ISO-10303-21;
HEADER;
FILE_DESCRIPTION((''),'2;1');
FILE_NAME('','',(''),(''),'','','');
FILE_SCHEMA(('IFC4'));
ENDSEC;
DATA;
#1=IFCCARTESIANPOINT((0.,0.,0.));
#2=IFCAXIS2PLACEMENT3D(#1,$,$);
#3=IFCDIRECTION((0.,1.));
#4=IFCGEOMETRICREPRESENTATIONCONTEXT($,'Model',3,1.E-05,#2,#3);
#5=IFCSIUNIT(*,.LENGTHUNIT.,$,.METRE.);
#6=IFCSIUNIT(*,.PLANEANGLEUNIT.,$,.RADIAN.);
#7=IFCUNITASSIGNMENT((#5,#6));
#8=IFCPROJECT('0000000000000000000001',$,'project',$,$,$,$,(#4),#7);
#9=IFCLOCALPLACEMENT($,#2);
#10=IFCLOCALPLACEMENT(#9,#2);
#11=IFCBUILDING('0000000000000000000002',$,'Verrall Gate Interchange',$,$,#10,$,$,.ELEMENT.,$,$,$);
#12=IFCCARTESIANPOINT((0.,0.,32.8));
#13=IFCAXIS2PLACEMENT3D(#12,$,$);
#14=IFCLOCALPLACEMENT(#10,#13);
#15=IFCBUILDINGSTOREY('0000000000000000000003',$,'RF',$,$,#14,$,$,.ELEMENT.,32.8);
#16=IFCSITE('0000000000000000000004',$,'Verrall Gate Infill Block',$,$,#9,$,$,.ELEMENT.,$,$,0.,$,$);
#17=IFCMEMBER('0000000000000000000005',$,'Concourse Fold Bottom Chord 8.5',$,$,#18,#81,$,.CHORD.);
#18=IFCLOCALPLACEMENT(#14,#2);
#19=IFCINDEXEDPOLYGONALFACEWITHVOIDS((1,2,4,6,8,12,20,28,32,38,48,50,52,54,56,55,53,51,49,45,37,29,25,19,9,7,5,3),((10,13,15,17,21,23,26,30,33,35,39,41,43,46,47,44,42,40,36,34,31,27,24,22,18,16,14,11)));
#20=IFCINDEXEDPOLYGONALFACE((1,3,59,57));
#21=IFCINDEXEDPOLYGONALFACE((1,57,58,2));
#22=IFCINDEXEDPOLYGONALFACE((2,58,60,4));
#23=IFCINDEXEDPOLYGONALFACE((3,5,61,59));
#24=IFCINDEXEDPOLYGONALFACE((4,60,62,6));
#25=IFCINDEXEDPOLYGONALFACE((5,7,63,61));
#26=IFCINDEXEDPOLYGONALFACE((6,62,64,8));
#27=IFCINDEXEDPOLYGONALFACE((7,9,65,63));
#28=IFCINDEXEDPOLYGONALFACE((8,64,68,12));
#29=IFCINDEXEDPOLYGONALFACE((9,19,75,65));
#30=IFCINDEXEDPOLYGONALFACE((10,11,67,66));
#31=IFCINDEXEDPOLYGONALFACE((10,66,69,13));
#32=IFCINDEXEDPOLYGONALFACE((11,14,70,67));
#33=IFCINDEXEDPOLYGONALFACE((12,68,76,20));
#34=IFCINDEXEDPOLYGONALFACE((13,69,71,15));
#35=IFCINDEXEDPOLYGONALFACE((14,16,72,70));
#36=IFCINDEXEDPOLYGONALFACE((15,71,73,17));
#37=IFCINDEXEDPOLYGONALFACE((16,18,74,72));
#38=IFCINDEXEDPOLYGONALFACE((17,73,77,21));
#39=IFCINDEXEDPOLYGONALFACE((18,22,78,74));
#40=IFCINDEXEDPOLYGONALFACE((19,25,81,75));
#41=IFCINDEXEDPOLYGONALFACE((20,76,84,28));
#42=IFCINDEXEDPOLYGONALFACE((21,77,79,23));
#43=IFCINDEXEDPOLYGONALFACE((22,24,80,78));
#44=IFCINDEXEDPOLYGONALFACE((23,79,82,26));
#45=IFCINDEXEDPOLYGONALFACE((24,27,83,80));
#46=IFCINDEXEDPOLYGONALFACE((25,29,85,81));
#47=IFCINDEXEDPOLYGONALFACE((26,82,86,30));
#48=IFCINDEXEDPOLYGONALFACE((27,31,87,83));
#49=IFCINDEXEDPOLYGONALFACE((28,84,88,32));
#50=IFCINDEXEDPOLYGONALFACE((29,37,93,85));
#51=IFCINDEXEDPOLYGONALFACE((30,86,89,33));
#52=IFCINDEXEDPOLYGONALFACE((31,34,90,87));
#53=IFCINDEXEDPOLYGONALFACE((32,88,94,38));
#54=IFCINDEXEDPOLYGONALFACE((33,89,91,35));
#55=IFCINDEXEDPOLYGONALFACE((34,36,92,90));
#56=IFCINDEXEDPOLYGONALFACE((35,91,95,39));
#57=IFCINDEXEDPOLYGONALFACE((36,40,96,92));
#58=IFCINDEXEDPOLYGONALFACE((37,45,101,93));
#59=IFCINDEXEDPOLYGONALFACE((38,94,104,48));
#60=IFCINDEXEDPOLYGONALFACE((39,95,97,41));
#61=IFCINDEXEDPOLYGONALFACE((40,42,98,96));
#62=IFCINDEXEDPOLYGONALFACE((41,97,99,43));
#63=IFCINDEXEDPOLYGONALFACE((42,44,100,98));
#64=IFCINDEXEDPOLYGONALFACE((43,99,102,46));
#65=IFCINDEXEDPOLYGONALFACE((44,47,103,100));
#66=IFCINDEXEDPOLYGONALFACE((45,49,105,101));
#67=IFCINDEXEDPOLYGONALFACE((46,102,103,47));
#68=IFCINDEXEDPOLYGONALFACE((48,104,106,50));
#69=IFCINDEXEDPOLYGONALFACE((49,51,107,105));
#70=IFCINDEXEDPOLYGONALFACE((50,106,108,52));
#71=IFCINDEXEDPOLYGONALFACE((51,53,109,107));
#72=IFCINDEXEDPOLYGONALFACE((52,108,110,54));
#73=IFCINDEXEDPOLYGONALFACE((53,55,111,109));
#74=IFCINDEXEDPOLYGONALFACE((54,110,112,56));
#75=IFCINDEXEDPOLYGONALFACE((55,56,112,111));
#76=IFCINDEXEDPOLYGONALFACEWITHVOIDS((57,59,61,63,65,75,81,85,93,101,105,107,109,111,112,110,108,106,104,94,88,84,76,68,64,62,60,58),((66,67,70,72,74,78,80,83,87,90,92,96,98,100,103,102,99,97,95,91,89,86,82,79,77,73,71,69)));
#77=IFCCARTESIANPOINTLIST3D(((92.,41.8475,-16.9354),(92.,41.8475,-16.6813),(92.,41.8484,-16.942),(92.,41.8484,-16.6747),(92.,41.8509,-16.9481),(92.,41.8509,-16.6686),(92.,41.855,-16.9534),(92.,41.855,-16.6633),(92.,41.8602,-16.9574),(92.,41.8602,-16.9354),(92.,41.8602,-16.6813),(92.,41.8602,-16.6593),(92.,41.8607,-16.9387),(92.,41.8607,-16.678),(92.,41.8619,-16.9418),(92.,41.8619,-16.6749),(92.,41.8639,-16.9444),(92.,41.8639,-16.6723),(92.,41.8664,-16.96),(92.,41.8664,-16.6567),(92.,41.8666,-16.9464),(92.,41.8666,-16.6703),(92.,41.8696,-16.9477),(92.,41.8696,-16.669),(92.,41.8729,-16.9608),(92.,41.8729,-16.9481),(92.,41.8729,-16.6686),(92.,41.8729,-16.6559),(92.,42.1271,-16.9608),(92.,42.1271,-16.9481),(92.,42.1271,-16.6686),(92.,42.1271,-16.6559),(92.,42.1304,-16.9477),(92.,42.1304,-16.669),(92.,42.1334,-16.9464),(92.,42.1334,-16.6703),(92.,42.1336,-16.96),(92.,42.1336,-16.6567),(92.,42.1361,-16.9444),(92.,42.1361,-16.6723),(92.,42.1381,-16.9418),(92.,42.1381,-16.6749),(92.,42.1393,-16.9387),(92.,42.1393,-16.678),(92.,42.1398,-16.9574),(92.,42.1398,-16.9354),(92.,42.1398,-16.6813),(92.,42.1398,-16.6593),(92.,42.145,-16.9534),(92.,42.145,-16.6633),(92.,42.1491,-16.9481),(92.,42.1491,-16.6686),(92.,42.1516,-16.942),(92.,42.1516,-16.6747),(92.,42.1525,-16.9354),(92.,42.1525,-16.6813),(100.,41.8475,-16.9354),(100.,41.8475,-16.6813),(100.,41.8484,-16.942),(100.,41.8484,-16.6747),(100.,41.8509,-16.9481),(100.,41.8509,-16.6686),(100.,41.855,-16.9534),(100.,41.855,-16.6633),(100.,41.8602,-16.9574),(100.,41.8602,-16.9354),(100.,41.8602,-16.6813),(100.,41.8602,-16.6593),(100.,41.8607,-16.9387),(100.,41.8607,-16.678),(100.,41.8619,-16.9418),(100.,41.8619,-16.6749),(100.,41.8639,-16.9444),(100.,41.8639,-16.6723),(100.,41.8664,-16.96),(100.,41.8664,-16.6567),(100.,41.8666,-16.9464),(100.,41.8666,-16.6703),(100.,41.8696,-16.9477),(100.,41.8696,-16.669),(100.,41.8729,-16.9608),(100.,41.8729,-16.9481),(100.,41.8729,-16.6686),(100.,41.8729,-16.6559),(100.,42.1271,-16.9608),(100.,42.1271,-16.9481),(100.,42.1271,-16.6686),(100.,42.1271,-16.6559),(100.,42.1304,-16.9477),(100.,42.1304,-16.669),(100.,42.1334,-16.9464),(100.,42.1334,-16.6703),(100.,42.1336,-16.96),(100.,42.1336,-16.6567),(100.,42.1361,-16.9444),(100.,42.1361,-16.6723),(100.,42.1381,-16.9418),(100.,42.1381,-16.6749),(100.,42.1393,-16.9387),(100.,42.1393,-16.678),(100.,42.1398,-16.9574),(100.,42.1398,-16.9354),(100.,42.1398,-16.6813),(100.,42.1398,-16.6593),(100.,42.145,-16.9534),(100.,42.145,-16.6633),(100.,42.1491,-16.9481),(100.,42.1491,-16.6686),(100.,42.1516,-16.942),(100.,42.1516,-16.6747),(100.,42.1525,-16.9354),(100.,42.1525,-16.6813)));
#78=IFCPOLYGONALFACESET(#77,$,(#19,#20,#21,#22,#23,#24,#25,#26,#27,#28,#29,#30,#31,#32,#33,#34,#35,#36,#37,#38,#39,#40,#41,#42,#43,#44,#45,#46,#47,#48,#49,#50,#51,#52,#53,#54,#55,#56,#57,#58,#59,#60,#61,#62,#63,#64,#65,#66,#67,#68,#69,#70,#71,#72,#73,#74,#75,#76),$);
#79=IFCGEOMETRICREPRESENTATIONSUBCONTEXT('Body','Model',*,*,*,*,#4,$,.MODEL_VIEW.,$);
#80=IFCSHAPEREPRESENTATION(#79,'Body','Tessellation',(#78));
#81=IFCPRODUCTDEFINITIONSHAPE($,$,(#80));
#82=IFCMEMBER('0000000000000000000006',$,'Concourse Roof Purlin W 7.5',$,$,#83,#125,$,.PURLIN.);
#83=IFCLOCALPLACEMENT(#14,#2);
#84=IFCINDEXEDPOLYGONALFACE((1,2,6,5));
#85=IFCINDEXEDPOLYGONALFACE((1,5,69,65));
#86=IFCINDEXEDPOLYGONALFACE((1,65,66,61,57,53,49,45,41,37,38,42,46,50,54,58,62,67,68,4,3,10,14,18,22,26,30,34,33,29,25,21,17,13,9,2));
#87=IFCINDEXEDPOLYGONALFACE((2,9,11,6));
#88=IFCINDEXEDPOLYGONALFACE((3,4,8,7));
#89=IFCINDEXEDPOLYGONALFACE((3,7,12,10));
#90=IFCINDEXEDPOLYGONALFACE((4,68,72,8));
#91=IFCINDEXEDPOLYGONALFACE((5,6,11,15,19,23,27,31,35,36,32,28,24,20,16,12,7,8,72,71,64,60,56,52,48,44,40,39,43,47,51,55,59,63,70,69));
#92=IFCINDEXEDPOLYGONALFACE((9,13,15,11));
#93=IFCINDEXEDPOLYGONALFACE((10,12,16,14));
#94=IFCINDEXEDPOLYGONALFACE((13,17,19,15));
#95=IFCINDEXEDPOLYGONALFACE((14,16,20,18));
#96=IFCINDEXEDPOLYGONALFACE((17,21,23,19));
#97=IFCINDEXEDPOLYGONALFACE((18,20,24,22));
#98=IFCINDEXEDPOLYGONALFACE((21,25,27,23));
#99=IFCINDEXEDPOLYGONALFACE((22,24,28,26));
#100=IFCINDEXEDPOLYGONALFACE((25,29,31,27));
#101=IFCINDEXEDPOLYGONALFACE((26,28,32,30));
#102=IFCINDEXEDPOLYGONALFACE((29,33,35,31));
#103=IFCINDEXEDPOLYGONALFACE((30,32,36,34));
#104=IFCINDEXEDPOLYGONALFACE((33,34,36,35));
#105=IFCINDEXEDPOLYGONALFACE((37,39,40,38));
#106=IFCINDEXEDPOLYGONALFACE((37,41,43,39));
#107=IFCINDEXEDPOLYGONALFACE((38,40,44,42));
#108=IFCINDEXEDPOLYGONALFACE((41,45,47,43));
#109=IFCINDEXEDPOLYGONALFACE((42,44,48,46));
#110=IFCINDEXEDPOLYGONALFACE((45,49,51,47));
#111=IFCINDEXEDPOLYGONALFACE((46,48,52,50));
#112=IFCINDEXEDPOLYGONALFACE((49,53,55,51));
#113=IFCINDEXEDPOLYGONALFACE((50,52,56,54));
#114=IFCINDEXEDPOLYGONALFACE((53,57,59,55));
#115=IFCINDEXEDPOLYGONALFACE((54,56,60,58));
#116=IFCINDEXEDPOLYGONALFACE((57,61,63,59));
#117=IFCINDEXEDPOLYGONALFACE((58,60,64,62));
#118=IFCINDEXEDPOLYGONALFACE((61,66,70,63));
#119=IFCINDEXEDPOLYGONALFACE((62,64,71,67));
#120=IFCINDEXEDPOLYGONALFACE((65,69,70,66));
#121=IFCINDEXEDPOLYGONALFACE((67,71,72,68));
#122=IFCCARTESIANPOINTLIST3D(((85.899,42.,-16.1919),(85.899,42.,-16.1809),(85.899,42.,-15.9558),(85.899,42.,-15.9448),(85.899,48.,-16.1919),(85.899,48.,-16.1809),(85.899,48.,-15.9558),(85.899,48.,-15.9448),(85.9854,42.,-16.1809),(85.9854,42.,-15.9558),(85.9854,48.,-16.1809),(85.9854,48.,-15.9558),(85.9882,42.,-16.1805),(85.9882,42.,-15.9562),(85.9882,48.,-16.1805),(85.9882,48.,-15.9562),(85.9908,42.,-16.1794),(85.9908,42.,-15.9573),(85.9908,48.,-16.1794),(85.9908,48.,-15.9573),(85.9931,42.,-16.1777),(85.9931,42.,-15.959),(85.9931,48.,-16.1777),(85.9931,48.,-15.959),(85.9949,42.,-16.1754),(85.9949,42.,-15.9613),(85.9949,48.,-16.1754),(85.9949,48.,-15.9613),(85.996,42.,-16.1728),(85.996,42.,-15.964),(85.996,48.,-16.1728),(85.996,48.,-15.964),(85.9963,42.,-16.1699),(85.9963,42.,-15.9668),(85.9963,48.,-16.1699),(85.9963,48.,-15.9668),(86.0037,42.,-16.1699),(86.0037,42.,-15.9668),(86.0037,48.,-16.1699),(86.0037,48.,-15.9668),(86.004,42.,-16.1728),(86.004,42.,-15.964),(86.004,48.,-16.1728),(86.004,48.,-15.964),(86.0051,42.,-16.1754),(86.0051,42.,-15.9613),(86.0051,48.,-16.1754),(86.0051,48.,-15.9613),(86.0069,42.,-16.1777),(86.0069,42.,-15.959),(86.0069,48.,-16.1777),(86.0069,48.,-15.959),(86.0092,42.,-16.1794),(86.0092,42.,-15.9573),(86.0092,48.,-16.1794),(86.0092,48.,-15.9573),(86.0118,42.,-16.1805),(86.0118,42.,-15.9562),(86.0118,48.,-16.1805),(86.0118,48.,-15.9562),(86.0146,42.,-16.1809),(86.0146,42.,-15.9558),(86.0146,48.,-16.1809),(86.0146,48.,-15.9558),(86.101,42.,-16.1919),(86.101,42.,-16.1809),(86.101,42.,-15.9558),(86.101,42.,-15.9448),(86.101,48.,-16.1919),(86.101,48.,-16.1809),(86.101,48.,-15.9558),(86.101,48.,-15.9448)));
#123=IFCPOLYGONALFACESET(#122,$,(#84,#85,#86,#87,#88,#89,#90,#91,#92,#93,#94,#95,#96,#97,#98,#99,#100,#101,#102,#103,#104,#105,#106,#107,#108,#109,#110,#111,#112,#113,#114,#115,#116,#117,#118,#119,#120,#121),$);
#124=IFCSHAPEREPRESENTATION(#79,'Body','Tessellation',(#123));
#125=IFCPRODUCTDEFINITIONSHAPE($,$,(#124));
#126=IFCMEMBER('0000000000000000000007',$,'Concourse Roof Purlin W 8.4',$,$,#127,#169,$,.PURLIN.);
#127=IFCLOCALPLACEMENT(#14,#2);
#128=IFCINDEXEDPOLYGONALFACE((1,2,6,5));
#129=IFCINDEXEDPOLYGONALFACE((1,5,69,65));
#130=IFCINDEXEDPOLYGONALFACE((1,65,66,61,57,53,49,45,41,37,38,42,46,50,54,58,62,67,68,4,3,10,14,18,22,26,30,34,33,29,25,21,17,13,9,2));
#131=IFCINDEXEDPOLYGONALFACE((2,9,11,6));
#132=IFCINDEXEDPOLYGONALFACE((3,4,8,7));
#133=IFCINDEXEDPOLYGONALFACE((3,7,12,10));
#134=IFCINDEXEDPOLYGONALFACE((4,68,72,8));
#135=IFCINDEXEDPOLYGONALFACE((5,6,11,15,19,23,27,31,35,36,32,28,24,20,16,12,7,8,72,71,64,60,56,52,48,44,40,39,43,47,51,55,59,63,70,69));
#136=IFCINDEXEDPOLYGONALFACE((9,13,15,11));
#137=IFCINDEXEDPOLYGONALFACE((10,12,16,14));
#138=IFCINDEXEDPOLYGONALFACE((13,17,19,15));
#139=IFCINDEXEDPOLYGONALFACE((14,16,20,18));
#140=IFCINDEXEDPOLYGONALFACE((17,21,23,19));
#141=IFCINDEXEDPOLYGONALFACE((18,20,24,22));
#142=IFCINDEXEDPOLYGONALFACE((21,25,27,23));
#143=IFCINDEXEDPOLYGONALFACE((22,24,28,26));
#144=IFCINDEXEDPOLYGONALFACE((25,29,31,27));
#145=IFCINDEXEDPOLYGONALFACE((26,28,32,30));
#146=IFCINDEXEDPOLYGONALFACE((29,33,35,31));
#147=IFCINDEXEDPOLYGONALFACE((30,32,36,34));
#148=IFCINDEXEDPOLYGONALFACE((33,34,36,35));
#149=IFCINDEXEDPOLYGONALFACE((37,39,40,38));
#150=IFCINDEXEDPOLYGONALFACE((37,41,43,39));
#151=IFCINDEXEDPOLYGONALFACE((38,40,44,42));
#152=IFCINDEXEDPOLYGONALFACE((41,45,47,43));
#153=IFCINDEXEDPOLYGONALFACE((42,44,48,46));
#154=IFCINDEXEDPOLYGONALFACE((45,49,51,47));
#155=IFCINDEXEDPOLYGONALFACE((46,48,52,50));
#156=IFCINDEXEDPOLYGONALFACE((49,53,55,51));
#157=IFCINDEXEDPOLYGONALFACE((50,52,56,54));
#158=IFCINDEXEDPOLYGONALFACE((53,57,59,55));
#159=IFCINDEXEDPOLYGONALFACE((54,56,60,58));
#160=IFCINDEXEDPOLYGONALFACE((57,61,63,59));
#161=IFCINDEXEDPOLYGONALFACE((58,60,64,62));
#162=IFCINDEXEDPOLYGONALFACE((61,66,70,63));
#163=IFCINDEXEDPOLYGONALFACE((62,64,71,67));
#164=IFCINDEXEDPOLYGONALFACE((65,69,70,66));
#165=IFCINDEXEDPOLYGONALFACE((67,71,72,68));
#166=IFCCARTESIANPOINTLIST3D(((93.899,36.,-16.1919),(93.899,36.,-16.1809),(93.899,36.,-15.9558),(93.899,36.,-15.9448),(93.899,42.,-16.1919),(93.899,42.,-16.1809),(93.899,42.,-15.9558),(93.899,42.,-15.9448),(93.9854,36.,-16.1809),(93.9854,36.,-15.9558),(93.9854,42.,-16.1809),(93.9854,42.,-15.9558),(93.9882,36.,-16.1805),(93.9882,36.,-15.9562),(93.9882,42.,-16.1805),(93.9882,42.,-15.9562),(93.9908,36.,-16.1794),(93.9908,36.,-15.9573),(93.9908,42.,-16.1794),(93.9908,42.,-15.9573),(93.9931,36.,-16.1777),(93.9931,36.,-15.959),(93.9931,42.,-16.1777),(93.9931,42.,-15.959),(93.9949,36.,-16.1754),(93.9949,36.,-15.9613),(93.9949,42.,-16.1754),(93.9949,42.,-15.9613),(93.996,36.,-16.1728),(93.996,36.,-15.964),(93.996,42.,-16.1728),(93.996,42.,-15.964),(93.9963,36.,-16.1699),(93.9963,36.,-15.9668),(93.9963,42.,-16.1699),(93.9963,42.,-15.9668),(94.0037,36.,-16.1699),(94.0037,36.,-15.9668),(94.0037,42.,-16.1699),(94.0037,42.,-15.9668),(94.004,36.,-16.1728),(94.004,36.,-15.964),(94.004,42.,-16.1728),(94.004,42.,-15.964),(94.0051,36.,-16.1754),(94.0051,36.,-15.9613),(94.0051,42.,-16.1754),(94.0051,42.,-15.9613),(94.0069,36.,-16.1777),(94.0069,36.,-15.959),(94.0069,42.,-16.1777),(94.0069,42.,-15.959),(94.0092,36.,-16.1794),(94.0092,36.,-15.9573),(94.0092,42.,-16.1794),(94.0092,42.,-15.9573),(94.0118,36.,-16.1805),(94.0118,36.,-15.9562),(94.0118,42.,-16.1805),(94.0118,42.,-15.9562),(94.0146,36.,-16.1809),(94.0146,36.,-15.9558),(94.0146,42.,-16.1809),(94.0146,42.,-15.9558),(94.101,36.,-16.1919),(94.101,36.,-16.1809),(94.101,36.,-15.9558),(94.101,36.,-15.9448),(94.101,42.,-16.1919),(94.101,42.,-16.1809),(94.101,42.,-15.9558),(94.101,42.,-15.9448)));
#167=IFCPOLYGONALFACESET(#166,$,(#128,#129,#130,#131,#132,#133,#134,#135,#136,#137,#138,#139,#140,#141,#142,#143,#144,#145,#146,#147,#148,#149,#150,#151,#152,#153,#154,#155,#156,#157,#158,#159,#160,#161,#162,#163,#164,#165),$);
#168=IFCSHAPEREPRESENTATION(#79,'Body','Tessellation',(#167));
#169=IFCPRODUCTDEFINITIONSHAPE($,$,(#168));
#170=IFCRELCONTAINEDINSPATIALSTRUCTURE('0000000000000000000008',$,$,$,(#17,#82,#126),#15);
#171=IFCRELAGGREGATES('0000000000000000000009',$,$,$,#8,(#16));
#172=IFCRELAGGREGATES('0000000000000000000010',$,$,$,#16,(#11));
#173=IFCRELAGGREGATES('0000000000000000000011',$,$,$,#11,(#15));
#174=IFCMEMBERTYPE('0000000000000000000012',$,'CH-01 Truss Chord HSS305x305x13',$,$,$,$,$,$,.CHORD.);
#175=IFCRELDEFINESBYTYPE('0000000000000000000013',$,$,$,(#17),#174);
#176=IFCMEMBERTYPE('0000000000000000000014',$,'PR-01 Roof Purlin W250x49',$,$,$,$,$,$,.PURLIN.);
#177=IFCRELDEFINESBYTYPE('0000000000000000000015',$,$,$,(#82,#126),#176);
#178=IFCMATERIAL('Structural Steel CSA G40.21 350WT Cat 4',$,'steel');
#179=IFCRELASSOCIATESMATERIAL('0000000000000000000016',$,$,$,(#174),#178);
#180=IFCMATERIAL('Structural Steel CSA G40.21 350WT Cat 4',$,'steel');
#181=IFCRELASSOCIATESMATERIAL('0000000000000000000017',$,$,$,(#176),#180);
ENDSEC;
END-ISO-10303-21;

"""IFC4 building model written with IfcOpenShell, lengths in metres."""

from ifc_helpers import new_model, si_unit, direction, frame, origin, origin_2d, place, context, subcontext, project, spatial, hollow_rectangle, i_section, extrude, material, material_profile, profile_set, type_object, element, save


model = new_model("IFC4")

# Units and contexts
model_context = context("Model", 3, precision=1e-05, world=origin(), true_north=direction((0.0, 1.0)))
body_context = subcontext(model_context, "Body", "Model", "MODEL_VIEW")
ifc_project = project(units=[si_unit("LENGTHUNIT", "METRE"), si_unit("PLANEANGLEUNIT", "RADIAN")], contexts=[model_context])

# Site, building, storey
site_placement = place(None, origin())
site = spatial("IfcSite", under=ifc_project, at=site_placement, Name="Verrall Gate Infill Block", CompositionType="ELEMENT", RefElevation=0.0)
building_placement = place(site_placement, origin())
building = spatial("IfcBuilding", under=site, at=building_placement, Name="Verrall Gate Interchange", CompositionType="ELEMENT")
storey_placement = place(building_placement, frame((0.0, 0.0, 32.8)))
storey = spatial("IfcBuildingStorey", under=building, at=storey_placement, Name="RF", CompositionType="ELEMENT", Elevation=32.8)

# Members
ifc_material_1 = material(Name="Structural Steel CSA G40.21 350WT Cat 4", Category="steel")
ifc_material_profile_1 = material_profile(ifc_material_1, hollow_rectangle(XDim=0.3049, YDim=0.3049, WallThickness=0.0127, InnerFilletRadius=0.0127, OuterFilletRadius=0.0254, at=origin_2d()), Name="HSS305x305x13")
ifc_profile_set_1 = profile_set([ifc_material_profile_1], Name="Structural Steel CSA G40.21 350WT Cat 4")
member_type_1 = type_object("IfcMemberType", Name="CH-01 Truss Chord HSS305x305x13", PredefinedType="CHORD", material=ifc_profile_set_1)
member_1_placement = place(storey_placement, frame((92.0, 42.0, -16.8083), z_axis=(1.0, 0.0, 0.0), x_axis=(0.0, 1.0, 0.0)))
element("IfcMember", 1, at=member_1_placement, inside=storey, type_object=member_type_1, Name="Concourse Fold Bottom Chord 8.5", PredefinedType="CHORD", context=body_context, shape_type="SweptSolid", body=[
    extrude(hollow_rectangle(XDim=0.3049, YDim=0.3049, WallThickness=0.0127, InnerFilletRadius=0.0127, OuterFilletRadius=0.0254, at=origin_2d()), origin(), (0.0, 0.0, 1.0), 8.0),
])
ifc_material_2 = material(Name="Structural Steel CSA G40.21 350WT Cat 4", Category="steel")
ifc_material_profile_2 = material_profile(ifc_material_2, i_section(OverallWidth=0.2019, OverallDepth=0.2471, WebThickness=0.0073, FlangeThickness=0.011, FilletRadius=0.011, at=origin_2d()), Name="W250x49")
ifc_profile_set_2 = profile_set([ifc_material_profile_2], Name="Structural Steel CSA G40.21 350WT Cat 4")
member_type_2 = type_object("IfcMemberType", Name="PR-01 Roof Purlin W250x49", PredefinedType="PURLIN", material=ifc_profile_set_2)
for number, where, z_axis, x_axis, name in (
    (2, (86.0, 42.0, -16.0684), (0.0, 1.0, 0.0), (-1.0, 0.0, 0.0), "Concourse Roof Purlin W 7.5"),
    (3, (94.0, 36.0, -16.0684), (0.0, 1.0, 0.0), (-1.0, 0.0, 0.0), "Concourse Roof Purlin W 8.4"),
):
    element("IfcMember", number, at=place(storey_placement, frame(where, z_axis=z_axis, x_axis=x_axis)), inside=storey, type_object=member_type_2, Name=name, PredefinedType="PURLIN", context=body_context, shape_type="SweptSolid", body=[
        extrude(i_section(OverallWidth=0.2019, OverallDepth=0.2471, WebThickness=0.0073, FlangeThickness=0.011, FilletRadius=0.011, at=origin_2d()), origin(), (0.0, 0.0, 1.0), 6.0),
    ])

save(model, "model.ifc")
